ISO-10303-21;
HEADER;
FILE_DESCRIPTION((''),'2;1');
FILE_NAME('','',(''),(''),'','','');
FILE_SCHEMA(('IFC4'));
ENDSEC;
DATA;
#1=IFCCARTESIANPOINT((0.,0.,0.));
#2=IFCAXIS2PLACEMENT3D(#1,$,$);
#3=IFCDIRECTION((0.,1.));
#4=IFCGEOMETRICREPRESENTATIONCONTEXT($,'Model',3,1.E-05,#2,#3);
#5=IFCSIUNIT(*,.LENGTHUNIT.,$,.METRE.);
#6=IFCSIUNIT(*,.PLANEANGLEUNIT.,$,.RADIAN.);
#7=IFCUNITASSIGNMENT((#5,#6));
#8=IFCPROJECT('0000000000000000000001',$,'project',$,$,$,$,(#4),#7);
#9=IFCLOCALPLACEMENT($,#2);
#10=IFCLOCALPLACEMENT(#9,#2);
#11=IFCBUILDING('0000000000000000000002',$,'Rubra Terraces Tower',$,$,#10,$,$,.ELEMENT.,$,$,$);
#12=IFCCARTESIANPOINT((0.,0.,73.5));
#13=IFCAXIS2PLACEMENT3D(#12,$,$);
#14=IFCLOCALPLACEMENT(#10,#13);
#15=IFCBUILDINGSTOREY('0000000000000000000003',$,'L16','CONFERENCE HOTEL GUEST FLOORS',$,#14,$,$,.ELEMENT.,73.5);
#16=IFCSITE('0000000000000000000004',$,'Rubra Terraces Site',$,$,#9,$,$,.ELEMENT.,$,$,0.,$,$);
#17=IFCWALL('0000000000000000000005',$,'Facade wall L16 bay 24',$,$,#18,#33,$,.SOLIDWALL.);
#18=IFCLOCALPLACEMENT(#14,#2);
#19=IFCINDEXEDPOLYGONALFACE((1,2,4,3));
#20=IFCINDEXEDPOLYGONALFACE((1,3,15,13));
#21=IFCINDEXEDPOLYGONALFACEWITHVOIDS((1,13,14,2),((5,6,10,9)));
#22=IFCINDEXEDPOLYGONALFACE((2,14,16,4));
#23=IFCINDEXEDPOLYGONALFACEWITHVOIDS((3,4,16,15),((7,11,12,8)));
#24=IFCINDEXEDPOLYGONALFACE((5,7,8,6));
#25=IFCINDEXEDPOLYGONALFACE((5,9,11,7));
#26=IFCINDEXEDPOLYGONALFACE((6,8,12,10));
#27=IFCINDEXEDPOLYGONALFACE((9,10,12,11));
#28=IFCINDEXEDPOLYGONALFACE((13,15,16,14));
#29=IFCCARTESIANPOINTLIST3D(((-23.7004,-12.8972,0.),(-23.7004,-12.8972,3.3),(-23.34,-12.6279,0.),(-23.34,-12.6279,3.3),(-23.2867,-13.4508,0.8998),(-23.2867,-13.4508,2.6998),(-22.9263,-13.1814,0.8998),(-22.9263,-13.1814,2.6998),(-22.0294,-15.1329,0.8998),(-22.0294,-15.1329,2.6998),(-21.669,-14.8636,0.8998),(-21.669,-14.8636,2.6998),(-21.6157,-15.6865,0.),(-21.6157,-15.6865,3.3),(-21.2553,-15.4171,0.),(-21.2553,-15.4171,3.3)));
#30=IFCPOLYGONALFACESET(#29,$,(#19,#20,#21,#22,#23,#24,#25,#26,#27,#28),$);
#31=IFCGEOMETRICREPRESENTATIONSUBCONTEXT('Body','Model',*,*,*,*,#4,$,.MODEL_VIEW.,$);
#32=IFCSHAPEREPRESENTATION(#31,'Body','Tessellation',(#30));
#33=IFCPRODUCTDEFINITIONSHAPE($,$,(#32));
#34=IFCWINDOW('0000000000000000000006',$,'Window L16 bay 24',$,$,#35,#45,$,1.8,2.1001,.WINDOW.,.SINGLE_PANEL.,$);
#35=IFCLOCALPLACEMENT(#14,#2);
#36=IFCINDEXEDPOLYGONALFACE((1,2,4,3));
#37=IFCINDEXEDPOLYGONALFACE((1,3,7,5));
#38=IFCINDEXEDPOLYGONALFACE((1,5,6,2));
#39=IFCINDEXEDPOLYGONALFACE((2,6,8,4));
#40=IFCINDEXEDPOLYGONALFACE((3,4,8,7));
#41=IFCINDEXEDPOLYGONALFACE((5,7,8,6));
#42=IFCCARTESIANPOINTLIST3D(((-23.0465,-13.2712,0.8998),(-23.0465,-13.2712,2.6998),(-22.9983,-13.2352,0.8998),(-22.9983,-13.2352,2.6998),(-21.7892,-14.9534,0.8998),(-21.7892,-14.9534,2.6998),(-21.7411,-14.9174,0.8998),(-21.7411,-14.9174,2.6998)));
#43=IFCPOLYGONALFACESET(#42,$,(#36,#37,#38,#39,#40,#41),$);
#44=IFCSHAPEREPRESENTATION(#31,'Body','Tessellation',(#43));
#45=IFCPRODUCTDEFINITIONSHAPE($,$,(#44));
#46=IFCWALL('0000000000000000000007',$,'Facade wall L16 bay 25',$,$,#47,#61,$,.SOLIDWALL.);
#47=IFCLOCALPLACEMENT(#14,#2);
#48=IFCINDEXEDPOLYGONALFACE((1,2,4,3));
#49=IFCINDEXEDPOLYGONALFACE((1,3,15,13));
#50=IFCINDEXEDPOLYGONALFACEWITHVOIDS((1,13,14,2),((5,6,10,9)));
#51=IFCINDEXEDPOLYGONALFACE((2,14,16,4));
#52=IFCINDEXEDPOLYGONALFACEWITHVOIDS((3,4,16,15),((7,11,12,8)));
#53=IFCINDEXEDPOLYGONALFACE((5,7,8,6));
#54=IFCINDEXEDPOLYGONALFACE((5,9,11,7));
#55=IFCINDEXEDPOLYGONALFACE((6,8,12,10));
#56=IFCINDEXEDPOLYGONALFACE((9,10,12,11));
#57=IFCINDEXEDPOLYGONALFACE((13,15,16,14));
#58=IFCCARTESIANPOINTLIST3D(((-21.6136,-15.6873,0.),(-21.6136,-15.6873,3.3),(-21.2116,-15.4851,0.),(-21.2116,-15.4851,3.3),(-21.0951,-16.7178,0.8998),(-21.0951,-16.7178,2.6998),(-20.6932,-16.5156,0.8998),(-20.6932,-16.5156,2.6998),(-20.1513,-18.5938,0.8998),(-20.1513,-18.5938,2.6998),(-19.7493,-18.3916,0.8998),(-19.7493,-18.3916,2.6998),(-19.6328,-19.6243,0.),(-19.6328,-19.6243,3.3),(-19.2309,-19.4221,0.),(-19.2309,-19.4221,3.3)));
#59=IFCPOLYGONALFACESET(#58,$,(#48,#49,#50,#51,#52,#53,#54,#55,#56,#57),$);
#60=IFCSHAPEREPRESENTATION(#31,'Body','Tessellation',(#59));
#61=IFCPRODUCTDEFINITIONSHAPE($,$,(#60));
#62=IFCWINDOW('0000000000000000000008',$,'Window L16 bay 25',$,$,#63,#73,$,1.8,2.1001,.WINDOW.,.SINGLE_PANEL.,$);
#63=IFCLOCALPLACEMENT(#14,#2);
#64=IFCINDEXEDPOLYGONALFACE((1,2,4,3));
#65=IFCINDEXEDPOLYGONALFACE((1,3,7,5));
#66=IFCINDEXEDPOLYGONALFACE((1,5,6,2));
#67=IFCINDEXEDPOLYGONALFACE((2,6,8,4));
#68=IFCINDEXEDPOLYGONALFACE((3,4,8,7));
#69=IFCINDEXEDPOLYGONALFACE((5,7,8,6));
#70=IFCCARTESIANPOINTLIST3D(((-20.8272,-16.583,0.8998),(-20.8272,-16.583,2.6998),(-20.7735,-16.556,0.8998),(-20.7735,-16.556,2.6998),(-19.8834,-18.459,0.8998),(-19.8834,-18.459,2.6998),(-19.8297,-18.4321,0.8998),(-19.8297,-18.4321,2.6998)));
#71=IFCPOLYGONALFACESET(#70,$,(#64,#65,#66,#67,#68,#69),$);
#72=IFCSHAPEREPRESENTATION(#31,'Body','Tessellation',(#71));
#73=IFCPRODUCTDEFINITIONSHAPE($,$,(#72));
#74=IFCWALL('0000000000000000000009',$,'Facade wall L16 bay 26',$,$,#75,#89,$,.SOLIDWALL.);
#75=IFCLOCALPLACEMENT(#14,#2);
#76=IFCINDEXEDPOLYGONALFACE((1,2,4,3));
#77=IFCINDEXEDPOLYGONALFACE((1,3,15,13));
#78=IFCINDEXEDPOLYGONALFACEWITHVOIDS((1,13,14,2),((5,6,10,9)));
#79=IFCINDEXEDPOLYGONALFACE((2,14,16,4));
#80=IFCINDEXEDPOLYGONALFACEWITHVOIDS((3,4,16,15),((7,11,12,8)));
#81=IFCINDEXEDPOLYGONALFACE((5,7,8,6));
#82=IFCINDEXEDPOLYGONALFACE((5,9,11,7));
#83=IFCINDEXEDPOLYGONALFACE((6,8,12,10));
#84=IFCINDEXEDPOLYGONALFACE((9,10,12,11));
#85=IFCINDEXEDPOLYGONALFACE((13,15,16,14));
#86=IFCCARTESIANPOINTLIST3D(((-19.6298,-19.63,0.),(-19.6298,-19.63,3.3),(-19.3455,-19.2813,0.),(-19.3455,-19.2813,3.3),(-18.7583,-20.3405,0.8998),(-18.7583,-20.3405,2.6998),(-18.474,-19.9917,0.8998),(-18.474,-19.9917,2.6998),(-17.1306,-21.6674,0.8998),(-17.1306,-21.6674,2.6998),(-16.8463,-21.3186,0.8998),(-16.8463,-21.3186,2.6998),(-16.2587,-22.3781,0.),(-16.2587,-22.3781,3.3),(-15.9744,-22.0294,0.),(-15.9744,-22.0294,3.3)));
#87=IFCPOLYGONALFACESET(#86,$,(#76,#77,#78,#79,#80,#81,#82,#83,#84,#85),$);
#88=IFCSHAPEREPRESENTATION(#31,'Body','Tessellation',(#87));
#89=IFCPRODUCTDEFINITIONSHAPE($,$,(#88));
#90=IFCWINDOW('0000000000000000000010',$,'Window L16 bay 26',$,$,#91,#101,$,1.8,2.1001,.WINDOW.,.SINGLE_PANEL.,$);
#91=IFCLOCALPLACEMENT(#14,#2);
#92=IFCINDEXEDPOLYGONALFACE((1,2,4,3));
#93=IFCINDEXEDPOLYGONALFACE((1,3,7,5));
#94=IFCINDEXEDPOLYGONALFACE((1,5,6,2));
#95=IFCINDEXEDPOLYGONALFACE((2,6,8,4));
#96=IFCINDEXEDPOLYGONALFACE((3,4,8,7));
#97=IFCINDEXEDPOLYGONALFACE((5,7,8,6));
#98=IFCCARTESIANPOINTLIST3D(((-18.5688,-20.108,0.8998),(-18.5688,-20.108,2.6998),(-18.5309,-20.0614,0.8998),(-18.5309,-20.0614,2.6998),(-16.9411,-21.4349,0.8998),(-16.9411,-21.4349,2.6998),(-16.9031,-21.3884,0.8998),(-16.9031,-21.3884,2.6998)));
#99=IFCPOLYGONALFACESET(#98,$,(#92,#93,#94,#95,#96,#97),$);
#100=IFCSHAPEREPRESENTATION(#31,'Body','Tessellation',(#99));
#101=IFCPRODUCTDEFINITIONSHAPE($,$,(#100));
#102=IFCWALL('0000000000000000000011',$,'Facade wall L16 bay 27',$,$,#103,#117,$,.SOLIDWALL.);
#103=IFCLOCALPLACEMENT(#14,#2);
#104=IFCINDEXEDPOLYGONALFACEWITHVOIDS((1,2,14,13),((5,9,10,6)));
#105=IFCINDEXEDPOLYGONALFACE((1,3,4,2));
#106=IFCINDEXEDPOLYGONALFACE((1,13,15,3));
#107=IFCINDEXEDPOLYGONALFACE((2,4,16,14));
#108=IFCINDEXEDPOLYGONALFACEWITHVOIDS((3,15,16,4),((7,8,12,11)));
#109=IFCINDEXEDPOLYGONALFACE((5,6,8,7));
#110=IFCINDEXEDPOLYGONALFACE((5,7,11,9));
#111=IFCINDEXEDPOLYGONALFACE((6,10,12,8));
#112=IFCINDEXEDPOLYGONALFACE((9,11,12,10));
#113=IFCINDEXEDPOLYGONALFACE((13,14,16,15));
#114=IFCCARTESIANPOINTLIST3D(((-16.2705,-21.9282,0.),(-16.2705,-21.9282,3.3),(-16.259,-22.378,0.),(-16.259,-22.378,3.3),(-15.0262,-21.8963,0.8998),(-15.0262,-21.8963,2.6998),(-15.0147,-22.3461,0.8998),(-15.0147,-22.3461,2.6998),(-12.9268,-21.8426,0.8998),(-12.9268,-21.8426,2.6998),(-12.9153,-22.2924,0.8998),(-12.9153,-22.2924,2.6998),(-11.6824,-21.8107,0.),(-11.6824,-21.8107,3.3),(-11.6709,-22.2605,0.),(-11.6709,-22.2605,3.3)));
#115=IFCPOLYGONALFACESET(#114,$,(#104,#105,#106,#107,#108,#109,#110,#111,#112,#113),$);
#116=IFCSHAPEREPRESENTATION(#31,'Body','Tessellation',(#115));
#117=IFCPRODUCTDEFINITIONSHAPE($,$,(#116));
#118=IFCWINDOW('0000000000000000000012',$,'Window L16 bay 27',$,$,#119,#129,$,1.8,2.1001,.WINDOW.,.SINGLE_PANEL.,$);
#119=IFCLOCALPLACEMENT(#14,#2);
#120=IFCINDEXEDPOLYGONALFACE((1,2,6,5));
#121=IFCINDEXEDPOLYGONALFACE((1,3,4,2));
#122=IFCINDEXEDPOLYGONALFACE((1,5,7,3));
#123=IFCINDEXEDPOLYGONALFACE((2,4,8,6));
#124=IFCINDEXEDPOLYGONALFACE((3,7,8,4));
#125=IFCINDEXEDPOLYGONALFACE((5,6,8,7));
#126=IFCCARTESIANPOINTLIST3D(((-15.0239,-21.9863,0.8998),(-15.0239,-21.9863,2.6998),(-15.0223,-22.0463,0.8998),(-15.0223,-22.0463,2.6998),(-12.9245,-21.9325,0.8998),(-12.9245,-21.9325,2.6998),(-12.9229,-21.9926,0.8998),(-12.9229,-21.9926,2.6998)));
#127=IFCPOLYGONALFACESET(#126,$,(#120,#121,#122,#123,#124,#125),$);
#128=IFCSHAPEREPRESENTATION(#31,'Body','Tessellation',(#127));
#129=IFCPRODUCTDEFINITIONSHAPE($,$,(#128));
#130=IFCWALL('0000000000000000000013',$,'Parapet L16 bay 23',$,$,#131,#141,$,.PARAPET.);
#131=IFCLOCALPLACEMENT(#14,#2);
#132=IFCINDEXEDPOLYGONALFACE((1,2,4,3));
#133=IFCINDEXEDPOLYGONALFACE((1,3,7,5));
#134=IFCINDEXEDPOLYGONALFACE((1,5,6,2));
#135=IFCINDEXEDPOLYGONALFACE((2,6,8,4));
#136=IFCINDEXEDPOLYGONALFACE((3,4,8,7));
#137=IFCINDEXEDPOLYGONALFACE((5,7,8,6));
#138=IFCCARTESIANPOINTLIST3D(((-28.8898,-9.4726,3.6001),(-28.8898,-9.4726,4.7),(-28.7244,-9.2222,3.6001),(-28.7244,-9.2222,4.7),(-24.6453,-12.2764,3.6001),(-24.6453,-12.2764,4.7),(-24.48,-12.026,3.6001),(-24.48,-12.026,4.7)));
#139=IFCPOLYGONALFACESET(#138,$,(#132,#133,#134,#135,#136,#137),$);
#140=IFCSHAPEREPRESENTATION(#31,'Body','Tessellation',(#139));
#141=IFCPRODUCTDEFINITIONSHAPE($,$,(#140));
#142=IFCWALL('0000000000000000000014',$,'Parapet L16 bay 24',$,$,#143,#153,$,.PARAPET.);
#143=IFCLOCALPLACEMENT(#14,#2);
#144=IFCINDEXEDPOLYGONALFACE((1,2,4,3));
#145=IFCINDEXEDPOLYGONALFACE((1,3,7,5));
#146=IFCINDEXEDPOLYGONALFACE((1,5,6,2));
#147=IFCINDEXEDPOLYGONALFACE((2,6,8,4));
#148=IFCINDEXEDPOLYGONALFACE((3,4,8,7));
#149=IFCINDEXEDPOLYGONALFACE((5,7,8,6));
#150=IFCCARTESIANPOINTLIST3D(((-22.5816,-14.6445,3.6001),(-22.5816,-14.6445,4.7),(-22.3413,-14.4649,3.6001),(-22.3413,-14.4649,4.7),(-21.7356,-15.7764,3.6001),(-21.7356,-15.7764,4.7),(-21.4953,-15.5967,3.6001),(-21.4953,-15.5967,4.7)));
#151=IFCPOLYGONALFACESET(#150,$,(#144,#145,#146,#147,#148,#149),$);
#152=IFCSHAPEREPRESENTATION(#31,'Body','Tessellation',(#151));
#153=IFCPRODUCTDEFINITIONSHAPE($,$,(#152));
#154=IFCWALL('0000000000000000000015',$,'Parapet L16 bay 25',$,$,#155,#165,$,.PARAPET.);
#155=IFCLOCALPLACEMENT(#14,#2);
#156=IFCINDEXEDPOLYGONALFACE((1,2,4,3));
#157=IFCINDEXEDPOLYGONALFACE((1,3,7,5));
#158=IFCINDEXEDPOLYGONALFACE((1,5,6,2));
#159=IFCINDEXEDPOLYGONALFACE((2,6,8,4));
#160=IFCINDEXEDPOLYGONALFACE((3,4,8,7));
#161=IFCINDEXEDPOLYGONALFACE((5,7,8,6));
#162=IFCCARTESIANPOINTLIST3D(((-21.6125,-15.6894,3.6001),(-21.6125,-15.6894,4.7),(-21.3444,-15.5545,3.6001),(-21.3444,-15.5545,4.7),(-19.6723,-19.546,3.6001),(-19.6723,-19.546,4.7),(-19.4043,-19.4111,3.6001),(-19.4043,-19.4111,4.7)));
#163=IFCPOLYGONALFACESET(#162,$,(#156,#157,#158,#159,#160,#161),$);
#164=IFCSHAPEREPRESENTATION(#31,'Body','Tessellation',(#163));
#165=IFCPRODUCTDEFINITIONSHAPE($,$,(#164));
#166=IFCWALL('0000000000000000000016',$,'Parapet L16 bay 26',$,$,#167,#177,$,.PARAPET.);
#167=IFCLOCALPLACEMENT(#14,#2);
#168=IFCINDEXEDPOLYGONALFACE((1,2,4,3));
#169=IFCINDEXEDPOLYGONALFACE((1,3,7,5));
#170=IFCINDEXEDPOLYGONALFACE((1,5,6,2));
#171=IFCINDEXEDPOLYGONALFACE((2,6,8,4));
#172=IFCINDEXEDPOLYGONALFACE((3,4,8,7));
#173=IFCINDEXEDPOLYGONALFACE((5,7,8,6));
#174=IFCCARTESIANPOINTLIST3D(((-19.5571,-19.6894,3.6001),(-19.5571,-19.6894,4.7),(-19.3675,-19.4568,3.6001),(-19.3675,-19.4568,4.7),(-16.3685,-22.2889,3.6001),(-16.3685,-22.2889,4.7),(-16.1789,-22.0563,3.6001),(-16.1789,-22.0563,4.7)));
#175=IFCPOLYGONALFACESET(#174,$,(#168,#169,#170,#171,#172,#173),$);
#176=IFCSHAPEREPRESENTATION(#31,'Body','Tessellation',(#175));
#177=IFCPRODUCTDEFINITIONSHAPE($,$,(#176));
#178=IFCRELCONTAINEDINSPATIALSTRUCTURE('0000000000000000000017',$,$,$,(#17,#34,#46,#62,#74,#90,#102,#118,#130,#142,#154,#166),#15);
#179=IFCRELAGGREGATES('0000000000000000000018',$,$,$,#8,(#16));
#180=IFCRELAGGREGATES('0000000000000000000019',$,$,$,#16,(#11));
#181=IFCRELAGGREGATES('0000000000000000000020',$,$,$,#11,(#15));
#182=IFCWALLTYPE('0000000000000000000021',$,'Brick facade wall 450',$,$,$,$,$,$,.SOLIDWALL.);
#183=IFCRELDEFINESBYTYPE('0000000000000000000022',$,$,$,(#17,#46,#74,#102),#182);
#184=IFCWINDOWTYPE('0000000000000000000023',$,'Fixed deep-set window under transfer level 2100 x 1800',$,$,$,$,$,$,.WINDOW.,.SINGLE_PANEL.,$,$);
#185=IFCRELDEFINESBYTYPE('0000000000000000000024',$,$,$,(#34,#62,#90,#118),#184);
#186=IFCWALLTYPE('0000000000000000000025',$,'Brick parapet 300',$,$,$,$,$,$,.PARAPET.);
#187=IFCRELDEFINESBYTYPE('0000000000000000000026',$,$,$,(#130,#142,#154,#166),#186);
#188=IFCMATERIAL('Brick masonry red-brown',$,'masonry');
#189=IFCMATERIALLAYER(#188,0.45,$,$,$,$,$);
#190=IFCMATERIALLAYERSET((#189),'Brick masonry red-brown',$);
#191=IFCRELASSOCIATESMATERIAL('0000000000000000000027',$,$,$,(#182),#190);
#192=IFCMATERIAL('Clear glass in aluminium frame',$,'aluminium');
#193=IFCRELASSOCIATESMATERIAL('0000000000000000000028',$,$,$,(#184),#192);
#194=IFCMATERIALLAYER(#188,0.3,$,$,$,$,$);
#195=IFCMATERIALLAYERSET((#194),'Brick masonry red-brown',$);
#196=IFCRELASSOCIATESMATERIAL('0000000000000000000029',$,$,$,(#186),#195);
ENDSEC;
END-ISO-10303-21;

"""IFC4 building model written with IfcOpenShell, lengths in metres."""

from ifc_helpers import new_model, si_unit, direction, frame, frame_2d, origin, place, context, subcontext, project, spatial, rectangle, extrude, material, layer, layer_set, type_object, element, fill, save


model = new_model("IFC4")

# Units and contexts
model_context = context("Model", 3, precision=1e-05, world=origin(), true_north=direction((0.0, 1.0)))
body_context = subcontext(model_context, "Body", "Model", "MODEL_VIEW")
ifc_project = project(units=[si_unit("LENGTHUNIT", "METRE"), si_unit("PLANEANGLEUNIT", "RADIAN")], contexts=[model_context])

# Site, building, storey
site_placement = place(None, origin())
site = spatial("IfcSite", under=ifc_project, at=site_placement, Name="Rubra Terraces Site", CompositionType="ELEMENT", RefElevation=0.0)
building_placement = place(site_placement, origin())
building = spatial("IfcBuilding", under=site, at=building_placement, Name="Rubra Terraces Tower", CompositionType="ELEMENT")
storey_placement = place(building_placement, frame((0.0, 0.0, 73.5)))
storey = spatial("IfcBuildingStorey", under=building, at=storey_placement, Name="L16", Description="CONFERENCE HOTEL GUEST FLOORS", CompositionType="ELEMENT", Elevation=73.5)

# Walls, openings, windows
ifc_material_1 = material(Name="Brick masonry red-brown", Category="masonry")
ifc_layer_1 = layer(ifc_material_1, 0.45)
ifc_layer_set_1 = layer_set([ifc_layer_1], Name="Brick masonry red-brown")
wall_type_1 = type_object("IfcWallType", Name="Brick facade wall 450", PredefinedType="SOLIDWALL", material=ifc_layer_set_1)
wall_1_placement = place(storey_placement, frame((-23.5203, -12.7625, 0.0), z_axis=(0.0, 0.0, 1.0), x_axis=(0.598664, -0.801, 0.0)))
wall_1 = element("IfcWall", 1, at=wall_1_placement, inside=storey, type_object=wall_type_1, Name="Facade wall L16 bay 24", PredefinedType="SOLIDWALL", context=body_context, shape_type="SweptSolid", body=[
    extrude(rectangle(XDim=3.4822, YDim=0.45, at=frame_2d((1.7412, 0.0))), origin(), (0.0, 0.0, 1.0), 3.3),
])
opening_1_placement = place(wall_1_placement, frame((0.6912, 0.0, 0.8999)))
opening_1 = element("IfcOpeningElement", 2, at=opening_1_placement, cuts=wall_1, PredefinedType="OPENING", context=body_context, shape_type="SweptSolid", body=[
    extrude(rectangle(XDim=2.1001, YDim=1.8, at=frame_2d((1.05, 0.8999))), frame((0.0, 0.2349, 0.0), z_axis=(0.0, -1.0, 0.0), x_axis=(1.0, 0.0, 0.0)), (0.0, 0.0, 1.0), 0.47),
])
ifc_material_2 = material(Name="Clear glass in aluminium frame", Category="aluminium")
window_type = type_object("IfcWindowType", Name="Fixed deep-set window under transfer level 2100 x 1800", PartitioningType="SINGLE_PANEL", PredefinedType="WINDOW", material=ifc_material_2)
window_1_placement = place(opening_1_placement, origin())
window_1 = element("IfcWindow", 3, at=window_1_placement, inside=storey, type_object=window_type, Name="Window L16 bay 24", OverallHeight=1.8, OverallWidth=2.1001, PartitioningType="SINGLE_PANEL", PredefinedType="WINDOW", context=body_context, shape_type="SweptSolid", body=[
    extrude(rectangle(XDim=2.1001, YDim=1.8, at=frame_2d((1.05, 0.8999))), frame((0.0, 0.135, 0.0), z_axis=(0.0, -1.0, 0.0), x_axis=(1.0, 0.0, 0.0)), (0.0, 0.0, 1.0), 0.0601),
])
fill(opening_1, window_1)
wall_2_placement = place(storey_placement, frame((-21.4126, -15.5862, 0.0), z_axis=(0.0, 0.0, 1.0), x_axis=(0.449428, -0.893317, 0.0)))
wall_2 = element("IfcWall", 4, at=wall_2_placement, inside=storey, type_object=wall_type_1, Name="Facade wall L16 bay 25", PredefinedType="SOLIDWALL", context=body_context, shape_type="SweptSolid", body=[
    extrude(rectangle(XDim=4.4072, YDim=0.45, at=frame_2d((2.2036, 0.0))), origin(), (0.0, 0.0, 1.0), 3.3),
])
opening_2_placement = place(wall_2_placement, frame((1.1536, 0.0, 0.8999)))
opening_2 = element("IfcOpeningElement", 5, at=opening_2_placement, cuts=wall_2, PredefinedType="OPENING", context=body_context, shape_type="SweptSolid", body=[
    extrude(rectangle(XDim=2.1001, YDim=1.8, at=frame_2d((1.05, 0.8999))), frame((0.0, 0.2349, 0.0), z_axis=(0.0, -1.0, 0.0), x_axis=(1.0, 0.0, 0.0)), (0.0, 0.0, 1.0), 0.47),
])
window_2_placement = place(opening_2_placement, origin())
window_2 = element("IfcWindow", 6, at=window_2_placement, inside=storey, type_object=window_type, Name="Window L16 bay 25", OverallHeight=1.8, OverallWidth=2.1001, PartitioningType="SINGLE_PANEL", PredefinedType="WINDOW", context=body_context, shape_type="SweptSolid", body=[
    extrude(rectangle(XDim=2.1001, YDim=1.8, at=frame_2d((1.05, 0.8999))), frame((0.0, 0.135, 0.0), z_axis=(0.0, -1.0, 0.0), x_axis=(1.0, 0.0, 0.0)), (0.0, 0.0, 1.0), 0.0601),
])
fill(opening_2, window_2)
wall_3_placement = place(storey_placement, frame((-19.4878, -19.4556, 0.0), z_axis=(0.0, 0.0, 1.0), x_axis=(0.775097, -0.631843, 0.0)))
wall_3 = element("IfcWall", 7, at=wall_3_placement, inside=storey, type_object=wall_type_1, Name="Facade wall L16 bay 26", PredefinedType="SOLIDWALL", context=body_context, shape_type="SweptSolid", body=[
    extrude(rectangle(XDim=4.3494, YDim=0.45, at=frame_2d((2.1748, 0.0))), origin(), (0.0, 0.0, 1.0), 3.3),
])
opening_3_placement = place(wall_3_placement, frame((1.1245, 0.0, 0.8999)))
opening_3 = element("IfcOpeningElement", 8, at=opening_3_placement, cuts=wall_3, PredefinedType="OPENING", context=body_context, shape_type="SweptSolid", body=[
    extrude(rectangle(XDim=2.1001, YDim=1.8, at=frame_2d((1.05, 0.8999))), frame((0.0, 0.2349, 0.0), z_axis=(0.0, -1.0, 0.0), x_axis=(1.0, 0.0, 0.0)), (0.0, 0.0, 1.0), 0.47),
])
window_3_placement = place(opening_3_placement, origin())
window_3 = element("IfcWindow", 9, at=window_3_placement, inside=storey, type_object=window_type, Name="Window L16 bay 26", OverallHeight=1.8, OverallWidth=2.1001, PartitioningType="SINGLE_PANEL", PredefinedType="WINDOW", context=body_context, shape_type="SweptSolid", body=[
    extrude(rectangle(XDim=2.1001, YDim=1.8, at=frame_2d((1.05, 0.8999))), frame((0.0, 0.135, 0.0), z_axis=(0.0, -1.0, 0.0), x_axis=(1.0, 0.0, 0.0)), (0.0, 0.0, 1.0), 0.0601),
])
fill(opening_3, window_3)
wall_4_placement = place(storey_placement, frame((-16.2649, -22.1531, 0.0), z_axis=(0.0, 0.0, 1.0), x_axis=(0.999673, 0.025586, 0.0)))
wall_4 = element("IfcWall", 10, at=wall_4_placement, inside=storey, type_object=wall_type_1, Name="Facade wall L16 bay 27", PredefinedType="SOLIDWALL", context=body_context, shape_type="SweptSolid", body=[
    extrude(rectangle(XDim=4.5896, YDim=0.45, at=frame_2d((2.2949, 0.0))), origin(), (0.0, 0.0, 1.0), 3.3),
])
opening_4_placement = place(wall_4_placement, frame((1.2449, 0.0, 0.8999)))
opening_4 = element("IfcOpeningElement", 11, at=opening_4_placement, cuts=wall_4, PredefinedType="OPENING", context=body_context, shape_type="SweptSolid", body=[
    extrude(rectangle(XDim=2.1001, YDim=1.8, at=frame_2d((1.05, 0.8999))), frame((0.0, 0.2349, 0.0), z_axis=(0.0, -1.0, 0.0), x_axis=(1.0, 0.0, 0.0)), (0.0, 0.0, 1.0), 0.47),
])
window_4_placement = place(opening_4_placement, origin())
window_4 = element("IfcWindow", 12, at=window_4_placement, inside=storey, type_object=window_type, Name="Window L16 bay 27", OverallHeight=1.8, OverallWidth=2.1001, PartitioningType="SINGLE_PANEL", PredefinedType="WINDOW", context=body_context, shape_type="SweptSolid", body=[
    extrude(rectangle(XDim=2.1001, YDim=1.8, at=frame_2d((1.05, 0.8999))), frame((0.0, 0.135, 0.0), z_axis=(0.0, -1.0, 0.0), x_axis=(1.0, 0.0, 0.0)), (0.0, 0.0, 1.0), 0.0601),
])
fill(opening_4, window_4)

# Walls
ifc_layer_2 = layer(ifc_material_1, 0.3)
ifc_layer_set_2 = layer_set([ifc_layer_2], Name="Brick masonry red-brown")
wall_type_2 = type_object("IfcWallType", Name="Brick parapet 300", PredefinedType="PARAPET", material=ifc_layer_set_2)
wall_5_placement = place(storey_placement, frame((-28.8071, -9.3474, 3.6001), z_axis=(0.0, 0.0, 1.0), x_axis=(0.834391, -0.551173, 0.0)))
element("IfcWall", 13, at=wall_5_placement, inside=storey, type_object=wall_type_2, Name="Parapet L16 bay 23", PredefinedType="PARAPET", context=body_context, shape_type="SweptSolid", body=[
    extrude(rectangle(XDim=5.0869, YDim=0.3, at=frame_2d((2.5435, 0.0))), origin(), (0.0, 0.0, 1.0), 1.0999),
])
wall_6_placement = place(storey_placement, frame((-22.4614, -14.5547, 3.6001), z_axis=(0.0, 0.0, 1.0), x_axis=(0.598672, -0.800994, 0.0)))
element("IfcWall", 14, at=wall_6_placement, inside=storey, type_object=wall_type_2, Name="Parapet L16 bay 24", PredefinedType="PARAPET", context=body_context, shape_type="SweptSolid", body=[
    extrude(rectangle(XDim=1.4131, YDim=0.3, at=frame_2d((0.7065, 0.0))), origin(), (0.0, 0.0, 1.0), 1.0999),
])
wall_7_placement = place(storey_placement, frame((-21.4785, -15.6218, 3.6001), z_axis=(0.0, 0.0, 1.0), x_axis=(0.449406, -0.893327, 0.0)))
element("IfcWall", 15, at=wall_7_placement, inside=storey, type_object=wall_type_2, Name="Parapet L16 bay 25", PredefinedType="PARAPET", context=body_context, shape_type="SweptSolid", body=[
    extrude(rectangle(XDim=4.3171, YDim=0.3, at=frame_2d((2.1587, 0.0))), origin(), (0.0, 0.0, 1.0), 1.0999),
])
wall_8_placement = place(storey_placement, frame((-19.4624, -19.573, 3.6001), z_axis=(0.0, 0.0, 1.0), x_axis=(0.775069, -0.631876, 0.0)))
element("IfcWall", 16, at=wall_8_placement, inside=storey, type_object=wall_type_2, Name="Parapet L16 bay 26", PredefinedType="PARAPET", context=body_context, shape_type="SweptSolid", body=[
    extrude(rectangle(XDim=4.114, YDim=0.3, at=frame_2d((2.0571, 0.0))), origin(), (0.0, 0.0, 1.0), 1.0999),
])

save(model, "model.ifc")
